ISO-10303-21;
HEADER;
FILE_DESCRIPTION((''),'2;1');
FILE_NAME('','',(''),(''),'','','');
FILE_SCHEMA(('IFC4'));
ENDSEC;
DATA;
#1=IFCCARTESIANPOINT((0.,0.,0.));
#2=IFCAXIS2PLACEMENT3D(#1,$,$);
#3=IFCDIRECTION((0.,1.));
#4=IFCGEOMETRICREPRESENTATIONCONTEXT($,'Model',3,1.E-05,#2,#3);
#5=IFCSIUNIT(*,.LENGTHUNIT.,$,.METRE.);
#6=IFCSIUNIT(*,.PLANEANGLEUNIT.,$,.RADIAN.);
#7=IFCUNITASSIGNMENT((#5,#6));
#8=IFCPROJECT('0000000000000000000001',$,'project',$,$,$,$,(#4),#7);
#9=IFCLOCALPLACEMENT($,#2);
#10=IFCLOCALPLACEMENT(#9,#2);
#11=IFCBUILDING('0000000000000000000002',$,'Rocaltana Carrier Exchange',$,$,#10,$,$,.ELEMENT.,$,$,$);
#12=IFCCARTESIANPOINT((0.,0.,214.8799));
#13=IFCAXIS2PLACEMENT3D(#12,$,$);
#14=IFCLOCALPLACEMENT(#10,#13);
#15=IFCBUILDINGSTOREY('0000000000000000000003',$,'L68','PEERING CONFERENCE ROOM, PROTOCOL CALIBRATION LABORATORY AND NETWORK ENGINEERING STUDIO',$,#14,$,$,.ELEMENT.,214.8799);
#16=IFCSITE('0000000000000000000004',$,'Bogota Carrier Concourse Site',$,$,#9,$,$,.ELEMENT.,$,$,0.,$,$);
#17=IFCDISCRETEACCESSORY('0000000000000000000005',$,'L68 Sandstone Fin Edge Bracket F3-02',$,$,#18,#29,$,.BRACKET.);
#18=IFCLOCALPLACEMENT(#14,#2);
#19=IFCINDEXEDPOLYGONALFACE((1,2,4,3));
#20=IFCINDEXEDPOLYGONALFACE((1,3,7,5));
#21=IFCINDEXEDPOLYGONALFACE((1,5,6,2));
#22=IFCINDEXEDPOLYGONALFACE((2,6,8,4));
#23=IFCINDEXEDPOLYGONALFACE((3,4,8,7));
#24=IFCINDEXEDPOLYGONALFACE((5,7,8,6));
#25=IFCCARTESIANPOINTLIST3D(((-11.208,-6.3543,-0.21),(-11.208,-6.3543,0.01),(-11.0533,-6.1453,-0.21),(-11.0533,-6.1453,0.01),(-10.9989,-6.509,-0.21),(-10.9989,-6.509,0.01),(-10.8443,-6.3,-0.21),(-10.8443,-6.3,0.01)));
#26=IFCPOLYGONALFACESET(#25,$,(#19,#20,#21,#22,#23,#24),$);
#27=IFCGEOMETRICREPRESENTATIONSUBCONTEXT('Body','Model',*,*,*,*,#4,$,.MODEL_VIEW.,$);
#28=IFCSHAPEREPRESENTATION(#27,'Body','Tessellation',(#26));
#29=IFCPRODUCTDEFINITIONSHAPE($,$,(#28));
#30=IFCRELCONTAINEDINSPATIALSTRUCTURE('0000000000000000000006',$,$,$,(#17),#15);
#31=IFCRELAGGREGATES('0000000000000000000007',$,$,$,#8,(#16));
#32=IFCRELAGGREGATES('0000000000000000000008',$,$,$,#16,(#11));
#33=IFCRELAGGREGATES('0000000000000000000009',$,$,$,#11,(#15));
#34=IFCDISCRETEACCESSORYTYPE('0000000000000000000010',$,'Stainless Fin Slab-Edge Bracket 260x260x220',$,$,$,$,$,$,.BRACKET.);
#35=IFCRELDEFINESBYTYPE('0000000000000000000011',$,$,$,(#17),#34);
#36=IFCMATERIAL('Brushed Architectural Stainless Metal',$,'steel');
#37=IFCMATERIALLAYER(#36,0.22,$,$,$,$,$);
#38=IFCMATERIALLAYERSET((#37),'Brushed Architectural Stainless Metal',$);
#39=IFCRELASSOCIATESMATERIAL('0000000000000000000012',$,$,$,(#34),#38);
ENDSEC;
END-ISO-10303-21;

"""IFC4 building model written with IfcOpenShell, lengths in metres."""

from ifc_helpers import new_model, si_unit, direction, frame, origin, origin_2d, place, context, subcontext, project, spatial, rectangle, extrude, material, layer, layer_set, type_object, element, save


model = new_model("IFC4")

# Units and contexts
model_context = context("Model", 3, precision=1e-05, world=origin(), true_north=direction((0.0, 1.0)))
body_context = subcontext(model_context, "Body", "Model", "MODEL_VIEW")
ifc_project = project(units=[si_unit("LENGTHUNIT", "METRE"), si_unit("PLANEANGLEUNIT", "RADIAN")], contexts=[model_context])

# Site, building, storey
site_placement = place(None, origin())
site = spatial("IfcSite", under=ifc_project, at=site_placement, Name="Bogota Carrier Concourse Site", CompositionType="ELEMENT", RefElevation=0.0)
building_placement = place(site_placement, origin())
building = spatial("IfcBuilding", under=site, at=building_placement, Name="Rocaltana Carrier Exchange", CompositionType="ELEMENT")
storey_placement = place(building_placement, frame((0.0, 0.0, 214.8799)))
storey = spatial("IfcBuildingStorey", under=building, at=storey_placement, Name="L68", Description="PEERING CONFERENCE ROOM, PROTOCOL CALIBRATION LABORATORY AND NETWORK ENGINEERING STUDIO", CompositionType="ELEMENT", Elevation=214.8799)

# Discrete accessory
ifc_material_1 = material(Name="Brushed Architectural Stainless Metal", Category="steel")
ifc_layer_1 = layer(ifc_material_1, 0.22)
ifc_layer_set_1 = layer_set([ifc_layer_1], Name="Brushed Architectural Stainless Metal")
discrete_accessory_type = type_object("IfcDiscreteAccessoryType", Name="Stainless Fin Slab-Edge Bracket 260x260x220", PredefinedType="BRACKET", material=ifc_layer_set_1)
for number, where, z_axis, x_axis, name in (
    (1, (-11.0261, -6.3271, -0.21), (0.0, 0.0, 1.0), (0.803857, -0.594823, 0.0), "L68 Sandstone Fin Edge Bracket F3-02"),
):
    element("IfcDiscreteAccessory", number, at=place(storey_placement, frame(where, z_axis=z_axis, x_axis=x_axis)), inside=storey, type_object=discrete_accessory_type, Name=name, PredefinedType="BRACKET", context=body_context, shape_type="SweptSolid", body=[
        extrude(rectangle(XDim=0.26, YDim=0.26, at=origin_2d()), origin(), (0.0, 0.0, 1.0), 0.22),
    ])

save(model, "model.ifc")
